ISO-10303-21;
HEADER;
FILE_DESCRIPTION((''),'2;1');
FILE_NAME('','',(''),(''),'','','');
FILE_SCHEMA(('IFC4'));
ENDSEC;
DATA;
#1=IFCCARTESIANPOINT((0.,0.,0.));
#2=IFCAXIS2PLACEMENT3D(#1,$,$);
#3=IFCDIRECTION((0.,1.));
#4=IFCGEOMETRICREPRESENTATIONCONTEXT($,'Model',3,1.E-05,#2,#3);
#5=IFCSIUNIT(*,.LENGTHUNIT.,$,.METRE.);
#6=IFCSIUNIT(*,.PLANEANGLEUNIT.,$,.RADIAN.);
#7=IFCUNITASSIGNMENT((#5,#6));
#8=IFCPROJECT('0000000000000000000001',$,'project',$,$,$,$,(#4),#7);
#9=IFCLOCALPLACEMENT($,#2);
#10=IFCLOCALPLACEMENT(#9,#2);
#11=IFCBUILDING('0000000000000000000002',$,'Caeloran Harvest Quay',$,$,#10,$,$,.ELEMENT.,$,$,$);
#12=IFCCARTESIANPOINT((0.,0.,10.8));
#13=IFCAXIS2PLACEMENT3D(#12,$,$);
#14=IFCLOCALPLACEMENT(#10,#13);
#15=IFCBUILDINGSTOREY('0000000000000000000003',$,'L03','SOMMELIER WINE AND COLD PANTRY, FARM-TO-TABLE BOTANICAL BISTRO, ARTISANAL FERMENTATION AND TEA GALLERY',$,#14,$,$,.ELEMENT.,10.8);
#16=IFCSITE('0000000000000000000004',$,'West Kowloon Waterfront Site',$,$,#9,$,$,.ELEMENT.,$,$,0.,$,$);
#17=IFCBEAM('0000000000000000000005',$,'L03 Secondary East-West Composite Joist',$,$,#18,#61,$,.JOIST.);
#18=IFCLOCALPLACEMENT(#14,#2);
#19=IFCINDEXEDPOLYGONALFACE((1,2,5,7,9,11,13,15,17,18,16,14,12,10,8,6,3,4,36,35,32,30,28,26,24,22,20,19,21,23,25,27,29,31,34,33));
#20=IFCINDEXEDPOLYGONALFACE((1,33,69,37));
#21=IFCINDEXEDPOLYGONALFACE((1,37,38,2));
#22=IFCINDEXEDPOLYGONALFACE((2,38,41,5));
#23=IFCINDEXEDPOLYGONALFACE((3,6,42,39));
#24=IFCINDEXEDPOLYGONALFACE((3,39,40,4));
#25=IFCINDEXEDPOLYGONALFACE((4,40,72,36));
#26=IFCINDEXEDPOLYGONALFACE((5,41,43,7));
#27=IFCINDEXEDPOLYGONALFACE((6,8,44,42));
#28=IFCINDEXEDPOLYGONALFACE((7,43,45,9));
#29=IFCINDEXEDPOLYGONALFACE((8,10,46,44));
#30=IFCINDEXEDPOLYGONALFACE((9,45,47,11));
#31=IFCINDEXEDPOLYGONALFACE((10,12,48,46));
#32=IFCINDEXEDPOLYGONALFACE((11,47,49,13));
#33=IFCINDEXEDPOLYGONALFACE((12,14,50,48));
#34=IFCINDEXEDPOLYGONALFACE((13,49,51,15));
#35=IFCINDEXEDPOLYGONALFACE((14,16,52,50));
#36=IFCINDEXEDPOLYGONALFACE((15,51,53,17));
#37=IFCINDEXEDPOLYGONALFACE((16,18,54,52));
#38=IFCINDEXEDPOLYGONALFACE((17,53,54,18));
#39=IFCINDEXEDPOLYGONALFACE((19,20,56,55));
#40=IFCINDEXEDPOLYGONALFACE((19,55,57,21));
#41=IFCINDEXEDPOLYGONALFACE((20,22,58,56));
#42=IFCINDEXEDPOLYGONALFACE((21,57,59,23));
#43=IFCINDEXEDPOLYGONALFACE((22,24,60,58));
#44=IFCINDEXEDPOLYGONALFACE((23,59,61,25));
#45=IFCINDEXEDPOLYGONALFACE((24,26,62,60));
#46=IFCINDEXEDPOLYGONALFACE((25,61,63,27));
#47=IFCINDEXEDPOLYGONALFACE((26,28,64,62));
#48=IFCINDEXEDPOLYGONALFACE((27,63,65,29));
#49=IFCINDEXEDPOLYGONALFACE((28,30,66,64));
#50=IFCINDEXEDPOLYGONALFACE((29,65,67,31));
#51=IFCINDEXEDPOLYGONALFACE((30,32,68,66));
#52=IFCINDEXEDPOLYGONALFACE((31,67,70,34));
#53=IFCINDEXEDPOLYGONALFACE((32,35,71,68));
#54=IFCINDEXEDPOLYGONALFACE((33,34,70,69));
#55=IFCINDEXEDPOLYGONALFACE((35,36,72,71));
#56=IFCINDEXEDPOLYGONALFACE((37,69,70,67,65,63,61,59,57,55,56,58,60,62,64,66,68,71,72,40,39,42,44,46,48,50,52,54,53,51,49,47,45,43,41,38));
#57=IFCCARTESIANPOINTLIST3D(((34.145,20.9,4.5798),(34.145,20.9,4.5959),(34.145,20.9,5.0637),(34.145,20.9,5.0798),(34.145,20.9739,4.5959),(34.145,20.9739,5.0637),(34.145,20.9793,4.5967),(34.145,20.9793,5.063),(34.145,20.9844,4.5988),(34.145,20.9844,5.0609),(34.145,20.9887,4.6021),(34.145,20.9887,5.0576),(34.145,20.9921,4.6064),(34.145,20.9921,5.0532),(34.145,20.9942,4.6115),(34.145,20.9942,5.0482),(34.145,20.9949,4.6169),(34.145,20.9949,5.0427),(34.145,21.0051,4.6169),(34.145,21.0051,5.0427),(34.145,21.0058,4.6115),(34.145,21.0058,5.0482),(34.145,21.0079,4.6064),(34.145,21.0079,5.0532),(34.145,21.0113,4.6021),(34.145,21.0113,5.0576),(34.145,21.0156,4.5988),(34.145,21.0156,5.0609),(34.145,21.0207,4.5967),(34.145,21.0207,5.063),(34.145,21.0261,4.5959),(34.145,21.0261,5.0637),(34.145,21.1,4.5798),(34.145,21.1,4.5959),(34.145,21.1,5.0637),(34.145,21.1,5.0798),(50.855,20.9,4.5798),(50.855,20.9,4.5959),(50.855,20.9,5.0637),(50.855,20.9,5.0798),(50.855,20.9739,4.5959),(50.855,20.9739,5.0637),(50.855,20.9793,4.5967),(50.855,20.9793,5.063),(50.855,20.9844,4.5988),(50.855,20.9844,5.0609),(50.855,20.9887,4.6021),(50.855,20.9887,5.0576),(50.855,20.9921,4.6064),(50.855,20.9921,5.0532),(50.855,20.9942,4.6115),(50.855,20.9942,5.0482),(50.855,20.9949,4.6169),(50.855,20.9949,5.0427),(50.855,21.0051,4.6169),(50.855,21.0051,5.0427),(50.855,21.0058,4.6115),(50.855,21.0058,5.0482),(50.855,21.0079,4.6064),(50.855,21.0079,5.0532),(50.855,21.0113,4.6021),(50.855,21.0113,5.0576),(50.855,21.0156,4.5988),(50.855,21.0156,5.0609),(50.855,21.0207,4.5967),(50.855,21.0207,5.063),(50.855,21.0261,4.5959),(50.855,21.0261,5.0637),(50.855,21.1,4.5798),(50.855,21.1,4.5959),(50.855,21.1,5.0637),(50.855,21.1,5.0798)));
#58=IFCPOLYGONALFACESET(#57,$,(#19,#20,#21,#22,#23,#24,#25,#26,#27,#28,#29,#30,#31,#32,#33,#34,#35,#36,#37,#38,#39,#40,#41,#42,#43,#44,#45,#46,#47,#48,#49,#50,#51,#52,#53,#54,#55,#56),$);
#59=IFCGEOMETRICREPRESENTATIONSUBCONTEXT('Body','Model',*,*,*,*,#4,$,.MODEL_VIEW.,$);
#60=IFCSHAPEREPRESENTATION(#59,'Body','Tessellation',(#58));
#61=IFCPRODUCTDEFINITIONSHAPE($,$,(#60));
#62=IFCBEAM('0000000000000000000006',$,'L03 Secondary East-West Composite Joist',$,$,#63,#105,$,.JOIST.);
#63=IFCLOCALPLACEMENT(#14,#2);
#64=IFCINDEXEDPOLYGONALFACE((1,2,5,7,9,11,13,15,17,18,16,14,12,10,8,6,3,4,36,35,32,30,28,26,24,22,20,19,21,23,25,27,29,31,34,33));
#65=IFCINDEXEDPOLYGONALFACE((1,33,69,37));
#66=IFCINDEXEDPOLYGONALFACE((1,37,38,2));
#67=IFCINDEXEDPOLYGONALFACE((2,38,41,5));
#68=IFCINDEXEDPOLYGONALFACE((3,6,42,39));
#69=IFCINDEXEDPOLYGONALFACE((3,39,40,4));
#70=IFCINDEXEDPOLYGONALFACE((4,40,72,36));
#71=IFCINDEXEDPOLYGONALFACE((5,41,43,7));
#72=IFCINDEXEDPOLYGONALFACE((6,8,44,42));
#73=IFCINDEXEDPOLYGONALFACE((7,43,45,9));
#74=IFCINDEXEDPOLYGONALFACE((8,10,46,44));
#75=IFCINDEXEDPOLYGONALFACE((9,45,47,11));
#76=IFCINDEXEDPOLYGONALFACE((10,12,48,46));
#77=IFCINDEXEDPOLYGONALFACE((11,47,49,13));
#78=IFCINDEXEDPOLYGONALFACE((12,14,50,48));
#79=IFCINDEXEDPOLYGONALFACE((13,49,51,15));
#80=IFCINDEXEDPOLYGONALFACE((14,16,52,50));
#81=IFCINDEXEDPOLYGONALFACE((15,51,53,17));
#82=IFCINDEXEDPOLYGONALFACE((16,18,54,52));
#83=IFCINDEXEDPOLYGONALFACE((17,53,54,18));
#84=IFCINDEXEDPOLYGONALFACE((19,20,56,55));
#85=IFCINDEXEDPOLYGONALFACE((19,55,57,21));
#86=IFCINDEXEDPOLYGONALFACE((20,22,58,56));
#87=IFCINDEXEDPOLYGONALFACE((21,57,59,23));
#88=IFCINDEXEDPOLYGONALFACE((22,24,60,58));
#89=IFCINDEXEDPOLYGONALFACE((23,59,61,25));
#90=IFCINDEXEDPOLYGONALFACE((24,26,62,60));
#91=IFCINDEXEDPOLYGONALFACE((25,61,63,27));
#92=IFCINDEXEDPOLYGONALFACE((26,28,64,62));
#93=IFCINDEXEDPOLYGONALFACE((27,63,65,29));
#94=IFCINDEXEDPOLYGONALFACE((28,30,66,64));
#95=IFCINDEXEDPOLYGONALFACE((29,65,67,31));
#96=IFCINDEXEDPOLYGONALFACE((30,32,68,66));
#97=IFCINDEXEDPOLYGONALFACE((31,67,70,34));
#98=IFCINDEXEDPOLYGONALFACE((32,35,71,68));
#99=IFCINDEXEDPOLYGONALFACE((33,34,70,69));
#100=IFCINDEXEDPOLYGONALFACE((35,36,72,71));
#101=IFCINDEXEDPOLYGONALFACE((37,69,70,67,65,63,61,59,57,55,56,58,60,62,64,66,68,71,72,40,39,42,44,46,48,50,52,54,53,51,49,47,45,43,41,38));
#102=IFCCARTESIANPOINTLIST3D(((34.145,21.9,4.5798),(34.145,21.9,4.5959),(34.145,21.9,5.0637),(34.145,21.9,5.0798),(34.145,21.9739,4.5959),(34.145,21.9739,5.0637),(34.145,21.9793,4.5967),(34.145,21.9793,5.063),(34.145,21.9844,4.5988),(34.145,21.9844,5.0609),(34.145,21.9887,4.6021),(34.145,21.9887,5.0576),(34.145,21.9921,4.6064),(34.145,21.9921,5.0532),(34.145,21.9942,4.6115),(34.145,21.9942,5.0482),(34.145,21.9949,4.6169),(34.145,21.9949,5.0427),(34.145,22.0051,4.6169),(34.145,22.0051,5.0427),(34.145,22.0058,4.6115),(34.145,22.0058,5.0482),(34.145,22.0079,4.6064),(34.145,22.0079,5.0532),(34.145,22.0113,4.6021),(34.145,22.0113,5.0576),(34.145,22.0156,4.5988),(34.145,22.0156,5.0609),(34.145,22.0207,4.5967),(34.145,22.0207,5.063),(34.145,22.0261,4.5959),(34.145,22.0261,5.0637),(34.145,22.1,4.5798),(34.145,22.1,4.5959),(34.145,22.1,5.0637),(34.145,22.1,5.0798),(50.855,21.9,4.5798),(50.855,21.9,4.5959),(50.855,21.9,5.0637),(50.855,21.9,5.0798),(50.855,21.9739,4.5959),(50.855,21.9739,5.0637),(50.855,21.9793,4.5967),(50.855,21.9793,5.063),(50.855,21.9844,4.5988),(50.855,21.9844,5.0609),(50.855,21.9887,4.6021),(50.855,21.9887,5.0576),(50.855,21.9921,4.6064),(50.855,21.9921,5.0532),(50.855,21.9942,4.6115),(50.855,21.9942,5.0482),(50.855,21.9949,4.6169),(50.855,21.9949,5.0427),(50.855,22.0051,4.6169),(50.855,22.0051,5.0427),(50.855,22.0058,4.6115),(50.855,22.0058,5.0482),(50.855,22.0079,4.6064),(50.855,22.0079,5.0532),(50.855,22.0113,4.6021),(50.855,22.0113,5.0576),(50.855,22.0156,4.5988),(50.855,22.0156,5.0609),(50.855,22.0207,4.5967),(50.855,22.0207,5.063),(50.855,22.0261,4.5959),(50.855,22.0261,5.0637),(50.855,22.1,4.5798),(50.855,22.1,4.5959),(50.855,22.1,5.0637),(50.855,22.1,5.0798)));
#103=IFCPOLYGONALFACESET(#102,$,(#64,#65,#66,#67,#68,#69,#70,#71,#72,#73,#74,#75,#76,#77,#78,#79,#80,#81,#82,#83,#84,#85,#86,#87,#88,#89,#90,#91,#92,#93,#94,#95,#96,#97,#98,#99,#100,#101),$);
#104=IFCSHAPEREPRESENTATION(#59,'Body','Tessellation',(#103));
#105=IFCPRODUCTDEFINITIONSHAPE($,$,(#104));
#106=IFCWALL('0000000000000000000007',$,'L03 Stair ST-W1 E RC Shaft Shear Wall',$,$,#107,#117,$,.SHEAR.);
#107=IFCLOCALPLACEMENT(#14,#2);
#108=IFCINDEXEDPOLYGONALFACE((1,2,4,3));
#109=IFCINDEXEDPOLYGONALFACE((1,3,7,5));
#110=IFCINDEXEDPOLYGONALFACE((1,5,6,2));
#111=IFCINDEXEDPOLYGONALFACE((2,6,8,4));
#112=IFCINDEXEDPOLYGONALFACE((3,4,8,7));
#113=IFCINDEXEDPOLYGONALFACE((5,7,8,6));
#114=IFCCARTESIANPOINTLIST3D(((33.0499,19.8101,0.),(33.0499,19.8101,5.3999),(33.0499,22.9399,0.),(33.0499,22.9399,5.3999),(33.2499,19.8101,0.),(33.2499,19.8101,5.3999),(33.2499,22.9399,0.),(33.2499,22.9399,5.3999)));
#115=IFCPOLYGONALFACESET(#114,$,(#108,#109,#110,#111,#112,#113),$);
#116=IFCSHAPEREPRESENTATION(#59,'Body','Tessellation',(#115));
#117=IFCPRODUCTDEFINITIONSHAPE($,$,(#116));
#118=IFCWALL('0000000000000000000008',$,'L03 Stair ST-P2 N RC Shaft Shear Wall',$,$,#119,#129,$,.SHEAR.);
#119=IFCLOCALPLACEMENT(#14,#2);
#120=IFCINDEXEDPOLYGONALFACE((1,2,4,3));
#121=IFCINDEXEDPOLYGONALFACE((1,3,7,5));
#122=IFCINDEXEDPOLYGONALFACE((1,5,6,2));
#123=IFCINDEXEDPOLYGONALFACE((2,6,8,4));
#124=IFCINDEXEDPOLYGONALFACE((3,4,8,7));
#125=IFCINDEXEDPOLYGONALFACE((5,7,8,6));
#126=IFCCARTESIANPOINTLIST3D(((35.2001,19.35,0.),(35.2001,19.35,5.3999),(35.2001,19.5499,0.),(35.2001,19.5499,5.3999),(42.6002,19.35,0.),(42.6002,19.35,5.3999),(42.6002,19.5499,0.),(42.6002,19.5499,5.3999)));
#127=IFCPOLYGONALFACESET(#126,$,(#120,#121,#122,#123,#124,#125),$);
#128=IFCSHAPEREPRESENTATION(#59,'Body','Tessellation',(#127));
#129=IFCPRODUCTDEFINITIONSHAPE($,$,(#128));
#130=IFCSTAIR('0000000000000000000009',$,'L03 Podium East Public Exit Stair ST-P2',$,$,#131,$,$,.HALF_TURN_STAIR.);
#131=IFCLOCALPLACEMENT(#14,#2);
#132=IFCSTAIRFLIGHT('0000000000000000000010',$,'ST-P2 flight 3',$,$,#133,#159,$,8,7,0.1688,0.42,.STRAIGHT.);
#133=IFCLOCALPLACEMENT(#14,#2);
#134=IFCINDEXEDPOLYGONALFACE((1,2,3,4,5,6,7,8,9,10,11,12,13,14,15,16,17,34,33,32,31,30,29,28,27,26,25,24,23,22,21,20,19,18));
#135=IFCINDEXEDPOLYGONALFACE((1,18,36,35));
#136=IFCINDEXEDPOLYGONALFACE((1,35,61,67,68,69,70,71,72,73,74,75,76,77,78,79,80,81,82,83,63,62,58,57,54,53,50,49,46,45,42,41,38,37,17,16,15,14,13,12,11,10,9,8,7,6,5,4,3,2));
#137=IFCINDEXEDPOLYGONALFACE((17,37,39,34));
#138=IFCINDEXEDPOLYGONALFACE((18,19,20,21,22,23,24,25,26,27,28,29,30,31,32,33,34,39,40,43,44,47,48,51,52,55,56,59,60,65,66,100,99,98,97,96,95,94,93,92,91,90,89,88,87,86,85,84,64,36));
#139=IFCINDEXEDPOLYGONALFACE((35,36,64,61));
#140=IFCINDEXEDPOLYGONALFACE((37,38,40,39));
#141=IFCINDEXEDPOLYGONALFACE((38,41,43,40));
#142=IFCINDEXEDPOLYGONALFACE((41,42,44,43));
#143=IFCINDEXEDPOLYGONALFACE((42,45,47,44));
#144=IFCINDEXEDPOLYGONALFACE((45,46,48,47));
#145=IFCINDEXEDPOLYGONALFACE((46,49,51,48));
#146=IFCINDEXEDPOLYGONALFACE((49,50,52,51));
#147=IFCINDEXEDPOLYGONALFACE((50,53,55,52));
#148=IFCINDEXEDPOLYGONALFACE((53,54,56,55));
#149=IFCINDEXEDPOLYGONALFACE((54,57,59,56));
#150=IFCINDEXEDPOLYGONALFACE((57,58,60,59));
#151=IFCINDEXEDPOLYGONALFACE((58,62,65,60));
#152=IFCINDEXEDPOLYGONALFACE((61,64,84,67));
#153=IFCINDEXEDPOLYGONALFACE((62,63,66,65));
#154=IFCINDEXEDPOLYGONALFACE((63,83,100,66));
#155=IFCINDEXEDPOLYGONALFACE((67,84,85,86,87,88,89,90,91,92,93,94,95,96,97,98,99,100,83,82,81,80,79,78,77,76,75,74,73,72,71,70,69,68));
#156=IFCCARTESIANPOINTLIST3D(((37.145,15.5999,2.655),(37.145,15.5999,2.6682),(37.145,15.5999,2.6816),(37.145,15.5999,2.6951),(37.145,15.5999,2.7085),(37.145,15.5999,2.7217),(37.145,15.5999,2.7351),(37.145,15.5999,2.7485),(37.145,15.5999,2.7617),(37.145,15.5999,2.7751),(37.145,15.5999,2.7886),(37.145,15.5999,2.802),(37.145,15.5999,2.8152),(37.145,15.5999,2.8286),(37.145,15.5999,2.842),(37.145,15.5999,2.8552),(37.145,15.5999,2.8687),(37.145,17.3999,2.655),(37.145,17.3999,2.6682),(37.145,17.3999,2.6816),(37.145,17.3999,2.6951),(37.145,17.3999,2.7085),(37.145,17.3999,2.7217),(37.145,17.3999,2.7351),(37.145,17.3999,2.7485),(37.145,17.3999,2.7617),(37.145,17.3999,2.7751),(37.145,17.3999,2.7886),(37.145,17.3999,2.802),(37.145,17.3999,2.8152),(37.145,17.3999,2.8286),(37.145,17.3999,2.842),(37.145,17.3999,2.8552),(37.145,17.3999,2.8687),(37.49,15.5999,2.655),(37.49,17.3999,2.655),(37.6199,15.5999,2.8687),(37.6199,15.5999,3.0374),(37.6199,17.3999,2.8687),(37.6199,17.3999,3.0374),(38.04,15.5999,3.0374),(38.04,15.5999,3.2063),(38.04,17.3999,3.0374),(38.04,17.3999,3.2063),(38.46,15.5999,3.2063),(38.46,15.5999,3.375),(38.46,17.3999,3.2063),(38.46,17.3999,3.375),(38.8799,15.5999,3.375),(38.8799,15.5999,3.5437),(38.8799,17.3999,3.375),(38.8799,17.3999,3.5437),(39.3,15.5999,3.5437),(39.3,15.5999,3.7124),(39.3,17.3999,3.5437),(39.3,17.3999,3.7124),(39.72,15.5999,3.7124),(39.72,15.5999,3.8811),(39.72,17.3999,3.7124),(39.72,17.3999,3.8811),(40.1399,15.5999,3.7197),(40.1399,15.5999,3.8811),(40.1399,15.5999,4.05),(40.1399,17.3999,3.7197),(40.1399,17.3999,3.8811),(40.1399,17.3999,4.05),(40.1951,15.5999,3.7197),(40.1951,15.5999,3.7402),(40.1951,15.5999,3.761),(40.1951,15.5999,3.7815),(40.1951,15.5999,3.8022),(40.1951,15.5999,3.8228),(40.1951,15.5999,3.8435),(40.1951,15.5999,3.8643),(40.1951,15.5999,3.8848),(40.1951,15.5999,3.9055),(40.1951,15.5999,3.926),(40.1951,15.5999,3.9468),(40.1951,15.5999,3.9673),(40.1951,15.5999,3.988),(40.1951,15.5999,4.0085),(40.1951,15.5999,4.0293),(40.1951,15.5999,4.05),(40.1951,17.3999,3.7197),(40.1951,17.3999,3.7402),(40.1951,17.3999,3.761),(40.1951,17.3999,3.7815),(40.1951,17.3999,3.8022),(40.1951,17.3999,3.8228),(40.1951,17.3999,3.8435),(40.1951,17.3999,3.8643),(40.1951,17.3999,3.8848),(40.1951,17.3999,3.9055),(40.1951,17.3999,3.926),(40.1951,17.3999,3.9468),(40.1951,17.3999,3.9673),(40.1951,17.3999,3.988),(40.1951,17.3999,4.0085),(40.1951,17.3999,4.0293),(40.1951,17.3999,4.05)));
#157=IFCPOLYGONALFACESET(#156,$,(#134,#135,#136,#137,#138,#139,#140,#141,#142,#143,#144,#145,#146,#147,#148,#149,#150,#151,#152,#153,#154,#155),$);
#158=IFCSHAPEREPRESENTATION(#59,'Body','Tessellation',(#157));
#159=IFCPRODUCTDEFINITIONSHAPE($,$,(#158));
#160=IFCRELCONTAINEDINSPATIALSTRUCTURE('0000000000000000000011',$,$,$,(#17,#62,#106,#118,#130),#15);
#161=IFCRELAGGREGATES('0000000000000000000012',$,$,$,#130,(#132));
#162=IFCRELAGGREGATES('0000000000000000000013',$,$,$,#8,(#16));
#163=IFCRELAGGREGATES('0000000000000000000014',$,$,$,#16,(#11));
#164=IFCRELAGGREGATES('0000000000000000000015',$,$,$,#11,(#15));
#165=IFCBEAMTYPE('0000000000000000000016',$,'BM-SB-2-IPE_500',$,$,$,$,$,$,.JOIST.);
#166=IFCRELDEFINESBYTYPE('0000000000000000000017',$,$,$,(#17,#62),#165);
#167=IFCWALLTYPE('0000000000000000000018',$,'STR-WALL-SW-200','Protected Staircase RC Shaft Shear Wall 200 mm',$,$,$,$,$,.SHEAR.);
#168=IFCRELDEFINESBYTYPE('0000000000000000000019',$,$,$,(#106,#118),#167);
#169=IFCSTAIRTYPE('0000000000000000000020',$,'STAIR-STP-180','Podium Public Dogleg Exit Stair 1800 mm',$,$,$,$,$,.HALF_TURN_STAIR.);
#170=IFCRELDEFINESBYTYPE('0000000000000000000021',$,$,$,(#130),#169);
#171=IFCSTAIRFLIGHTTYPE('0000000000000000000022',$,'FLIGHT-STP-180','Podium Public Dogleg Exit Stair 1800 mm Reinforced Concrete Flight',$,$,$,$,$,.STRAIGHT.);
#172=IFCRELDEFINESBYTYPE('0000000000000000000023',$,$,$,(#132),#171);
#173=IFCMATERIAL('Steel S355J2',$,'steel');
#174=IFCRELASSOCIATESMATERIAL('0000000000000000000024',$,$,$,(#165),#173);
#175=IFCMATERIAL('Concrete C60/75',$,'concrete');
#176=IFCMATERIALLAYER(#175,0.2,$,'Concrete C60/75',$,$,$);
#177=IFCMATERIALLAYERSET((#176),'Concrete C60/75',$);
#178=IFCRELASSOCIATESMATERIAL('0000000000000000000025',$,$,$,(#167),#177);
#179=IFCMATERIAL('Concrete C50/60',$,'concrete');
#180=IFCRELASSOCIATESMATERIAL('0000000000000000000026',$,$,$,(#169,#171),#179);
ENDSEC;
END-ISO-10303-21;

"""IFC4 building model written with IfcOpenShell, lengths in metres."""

from ifc_helpers import new_model, si_unit, direction, frame, frame_2d, origin, origin_2d, place, context, subcontext, project, spatial, polyline, rectangle, i_section, outline, extrude, material, layer, layer_set, material_profile, profile_set, type_object, element, aggregate, save


model = new_model("IFC4")

# Units and contexts
model_context = context("Model", 3, precision=1e-05, world=origin(), true_north=direction((0.0, 1.0)))
body_context = subcontext(model_context, "Body", "Model", "MODEL_VIEW")
ifc_project = project(units=[si_unit("LENGTHUNIT", "METRE"), si_unit("PLANEANGLEUNIT", "RADIAN")], contexts=[model_context])

# Site, building, storey
site_placement = place(None, origin())
site = spatial("IfcSite", under=ifc_project, at=site_placement, Name="West Kowloon Waterfront Site", CompositionType="ELEMENT", RefElevation=0.0)
building_placement = place(site_placement, origin())
building = spatial("IfcBuilding", under=site, at=building_placement, Name="Caeloran Harvest Quay", CompositionType="ELEMENT")
storey_placement = place(building_placement, frame((0.0, 0.0, 10.8)))
storey = spatial("IfcBuildingStorey", under=building, at=storey_placement, Name="L03", Description="SOMMELIER WINE AND COLD PANTRY, FARM-TO-TABLE BOTANICAL BISTRO, ARTISANAL FERMENTATION AND TEA GALLERY", CompositionType="ELEMENT", Elevation=10.8)

# Beams
ifc_material_1 = material(Name="Steel S355J2", Category="steel")
ifc_material_profile_1 = material_profile(ifc_material_1, i_section(OverallWidth=0.2, OverallDepth=0.5, WebThickness=0.0103, FlangeThickness=0.0161, FilletRadius=0.021, at=origin_2d()), Name="IPE 500")
ifc_profile_set_1 = profile_set([ifc_material_profile_1], Name="Steel S355J2")
beam_type_1 = type_object("IfcBeamType", Name="BM-SB-2-IPE_500", PredefinedType="JOIST", material=ifc_profile_set_1)
for number, where, z_axis, x_axis, name in (
    (1, (34.145, 21.0, 4.8298), (1.0, 0.0, 0.0), (0.0, 1.0, 0.0), "L03 Secondary East-West Composite Joist"),
    (2, (34.145, 22.0, 4.8298), (1.0, 0.0, 0.0), (0.0, 1.0, 0.0), "L03 Secondary East-West Composite Joist"),
):
    element("IfcBeam", number, at=place(storey_placement, frame(where, z_axis=z_axis, x_axis=x_axis)), inside=storey, type_object=beam_type_1, Name=name, PredefinedType="JOIST", context=body_context, shape_type="SweptSolid", body=[
        extrude(i_section(OverallWidth=0.2, OverallDepth=0.5, WebThickness=0.0103, FlangeThickness=0.0161, FilletRadius=0.021, at=origin_2d()), origin(), (0.0, 0.0, 1.0), 16.71),
    ])

# Walls
ifc_material_2 = material(Name="Concrete C60/75", Category="concrete")
ifc_layer_1 = layer(ifc_material_2, 0.2, Name="Concrete C60/75")
ifc_layer_set_1 = layer_set([ifc_layer_1], Name="Concrete C60/75")
wall_type = type_object("IfcWallType", Name="STR-WALL-SW-200", Description="Protected Staircase RC Shaft Shear Wall 200 mm", PredefinedType="SHEAR", material=ifc_layer_set_1)
wall_1_placement = place(storey_placement, frame((33.1499, 19.8101, 0.0), z_axis=(0.0, 0.0, 1.0), x_axis=(0.0, 1.0, 0.0)))
element("IfcWall", 3, at=wall_1_placement, inside=storey, type_object=wall_type, Name="L03 Stair ST-W1 E RC Shaft Shear Wall", PredefinedType="SHEAR", context=body_context, shape_type="SweptSolid", body=[
    extrude(rectangle(XDim=3.1299, YDim=0.2, at=frame_2d((1.5649, 0.0))), origin(), (0.0, 0.0, 1.0), 5.3999),
])
wall_2_placement = place(storey_placement, frame((35.2, 19.45, 0.0), z_axis=(0.0, 0.0, 1.0), x_axis=(1.0, 0.0, 0.0)))
element("IfcWall", 4, at=wall_2_placement, inside=storey, type_object=wall_type, Name="L03 Stair ST-P2 N RC Shaft Shear Wall", PredefinedType="SHEAR", context=body_context, shape_type="SweptSolid", body=[
    extrude(rectangle(XDim=7.4001, YDim=0.2, at=frame_2d((3.7002, 0.0))), origin(), (0.0, 0.0, 1.0), 5.3999),
])

# Stair, stair flight
ifc_material_3 = material(Name="Concrete C50/60", Category="concrete")
stair_type_1 = type_object("IfcStairType", Name="STAIR-STP-180", Description="Podium Public Dogleg Exit Stair 1800 mm", PredefinedType="HALF_TURN_STAIR", material=ifc_material_3)
stair_1_placement = place(storey_placement, origin())
stair_1 = element("IfcStair", 5, at=stair_1_placement, inside=storey, type_object=stair_type_1, Name="L03 Podium East Public Exit Stair ST-P2", PredefinedType="HALF_TURN_STAIR")
stair_flight_type_1 = type_object("IfcStairFlightType", Name="FLIGHT-STP-180", Description="Podium Public Dogleg Exit Stair 1800 mm Reinforced Concrete Flight", PredefinedType="STRAIGHT", material=ifc_material_3)
stair_flight_1_placement = place(storey_placement, frame((37.2, 16.5, 2.7), z_axis=(0.0, 0.0, 1.0), x_axis=(1.0, 0.0, 0.0)))
stair_flight_1 = element("IfcStairFlight", 6, at=stair_flight_1_placement, type_object=stair_flight_type_1, Name="ST-P2 flight 3", NumberOfRisers=8, NumberOfTreads=7, PredefinedType="STRAIGHT", RiserHeight=0.1688, TreadLength=0.42, context=body_context, shape_type="SweptSolid", body=[
    extrude(outline(polyline([(-0.0549, -0.0449), (-0.0549, -0.0317), (-0.0549, -0.0183), (-0.0549, -0.0049), (-0.0549, 0.0085), (-0.0549, 0.0217), (-0.0549, 0.0352), (-0.0549, 0.0486), (-0.0549, 0.0618), (-0.0549, 0.0752), (-0.0549, 0.0886), (-0.0549, 0.1021), (-0.0549, 0.1152), (-0.0549, 0.1287), (-0.0549, 0.1421), (-0.0549, 0.1553), (-0.0549, 0.1687), (0.4199, 0.1687), (0.4199, 0.3374), (0.8401, 0.3374), (0.8401, 0.5063), (1.26, 0.5063), (1.26, 0.675), (1.6799, 0.675), (1.6799, 0.8438), (2.1001, 0.8438), (2.1001, 1.0125), (2.52, 1.0125), (2.52, 1.1812), (2.9399, 1.1812), (2.9399, 1.3501), (2.9951, 1.3501), (2.9951, 1.3293), (2.9951, 1.3086), (2.9951, 1.2881), (2.9951, 1.2673), (2.9951, 1.2468), (2.9951, 1.2261), (2.9951, 1.2056), (2.9951, 1.1848), (2.9951, 1.1643), (2.9951, 1.1436), (2.9951, 1.1228), (2.9951, 1.1023), (2.9951, 1.0815), (2.9951, 1.061), (2.9951, 1.0403), (2.9951, 1.0198), (2.9399, 1.0198), (0.29, -0.0449), (-0.0549, -0.0449)])), frame((0.0, 0.8999, 0.0), z_axis=(0.0, -1.0, 0.0), x_axis=(1.0, 0.0, 0.0)), (0.0, 0.0, 1.0), 1.8),
])
aggregate(stair_1, [stair_flight_1])

save(model, "model.ifc")
